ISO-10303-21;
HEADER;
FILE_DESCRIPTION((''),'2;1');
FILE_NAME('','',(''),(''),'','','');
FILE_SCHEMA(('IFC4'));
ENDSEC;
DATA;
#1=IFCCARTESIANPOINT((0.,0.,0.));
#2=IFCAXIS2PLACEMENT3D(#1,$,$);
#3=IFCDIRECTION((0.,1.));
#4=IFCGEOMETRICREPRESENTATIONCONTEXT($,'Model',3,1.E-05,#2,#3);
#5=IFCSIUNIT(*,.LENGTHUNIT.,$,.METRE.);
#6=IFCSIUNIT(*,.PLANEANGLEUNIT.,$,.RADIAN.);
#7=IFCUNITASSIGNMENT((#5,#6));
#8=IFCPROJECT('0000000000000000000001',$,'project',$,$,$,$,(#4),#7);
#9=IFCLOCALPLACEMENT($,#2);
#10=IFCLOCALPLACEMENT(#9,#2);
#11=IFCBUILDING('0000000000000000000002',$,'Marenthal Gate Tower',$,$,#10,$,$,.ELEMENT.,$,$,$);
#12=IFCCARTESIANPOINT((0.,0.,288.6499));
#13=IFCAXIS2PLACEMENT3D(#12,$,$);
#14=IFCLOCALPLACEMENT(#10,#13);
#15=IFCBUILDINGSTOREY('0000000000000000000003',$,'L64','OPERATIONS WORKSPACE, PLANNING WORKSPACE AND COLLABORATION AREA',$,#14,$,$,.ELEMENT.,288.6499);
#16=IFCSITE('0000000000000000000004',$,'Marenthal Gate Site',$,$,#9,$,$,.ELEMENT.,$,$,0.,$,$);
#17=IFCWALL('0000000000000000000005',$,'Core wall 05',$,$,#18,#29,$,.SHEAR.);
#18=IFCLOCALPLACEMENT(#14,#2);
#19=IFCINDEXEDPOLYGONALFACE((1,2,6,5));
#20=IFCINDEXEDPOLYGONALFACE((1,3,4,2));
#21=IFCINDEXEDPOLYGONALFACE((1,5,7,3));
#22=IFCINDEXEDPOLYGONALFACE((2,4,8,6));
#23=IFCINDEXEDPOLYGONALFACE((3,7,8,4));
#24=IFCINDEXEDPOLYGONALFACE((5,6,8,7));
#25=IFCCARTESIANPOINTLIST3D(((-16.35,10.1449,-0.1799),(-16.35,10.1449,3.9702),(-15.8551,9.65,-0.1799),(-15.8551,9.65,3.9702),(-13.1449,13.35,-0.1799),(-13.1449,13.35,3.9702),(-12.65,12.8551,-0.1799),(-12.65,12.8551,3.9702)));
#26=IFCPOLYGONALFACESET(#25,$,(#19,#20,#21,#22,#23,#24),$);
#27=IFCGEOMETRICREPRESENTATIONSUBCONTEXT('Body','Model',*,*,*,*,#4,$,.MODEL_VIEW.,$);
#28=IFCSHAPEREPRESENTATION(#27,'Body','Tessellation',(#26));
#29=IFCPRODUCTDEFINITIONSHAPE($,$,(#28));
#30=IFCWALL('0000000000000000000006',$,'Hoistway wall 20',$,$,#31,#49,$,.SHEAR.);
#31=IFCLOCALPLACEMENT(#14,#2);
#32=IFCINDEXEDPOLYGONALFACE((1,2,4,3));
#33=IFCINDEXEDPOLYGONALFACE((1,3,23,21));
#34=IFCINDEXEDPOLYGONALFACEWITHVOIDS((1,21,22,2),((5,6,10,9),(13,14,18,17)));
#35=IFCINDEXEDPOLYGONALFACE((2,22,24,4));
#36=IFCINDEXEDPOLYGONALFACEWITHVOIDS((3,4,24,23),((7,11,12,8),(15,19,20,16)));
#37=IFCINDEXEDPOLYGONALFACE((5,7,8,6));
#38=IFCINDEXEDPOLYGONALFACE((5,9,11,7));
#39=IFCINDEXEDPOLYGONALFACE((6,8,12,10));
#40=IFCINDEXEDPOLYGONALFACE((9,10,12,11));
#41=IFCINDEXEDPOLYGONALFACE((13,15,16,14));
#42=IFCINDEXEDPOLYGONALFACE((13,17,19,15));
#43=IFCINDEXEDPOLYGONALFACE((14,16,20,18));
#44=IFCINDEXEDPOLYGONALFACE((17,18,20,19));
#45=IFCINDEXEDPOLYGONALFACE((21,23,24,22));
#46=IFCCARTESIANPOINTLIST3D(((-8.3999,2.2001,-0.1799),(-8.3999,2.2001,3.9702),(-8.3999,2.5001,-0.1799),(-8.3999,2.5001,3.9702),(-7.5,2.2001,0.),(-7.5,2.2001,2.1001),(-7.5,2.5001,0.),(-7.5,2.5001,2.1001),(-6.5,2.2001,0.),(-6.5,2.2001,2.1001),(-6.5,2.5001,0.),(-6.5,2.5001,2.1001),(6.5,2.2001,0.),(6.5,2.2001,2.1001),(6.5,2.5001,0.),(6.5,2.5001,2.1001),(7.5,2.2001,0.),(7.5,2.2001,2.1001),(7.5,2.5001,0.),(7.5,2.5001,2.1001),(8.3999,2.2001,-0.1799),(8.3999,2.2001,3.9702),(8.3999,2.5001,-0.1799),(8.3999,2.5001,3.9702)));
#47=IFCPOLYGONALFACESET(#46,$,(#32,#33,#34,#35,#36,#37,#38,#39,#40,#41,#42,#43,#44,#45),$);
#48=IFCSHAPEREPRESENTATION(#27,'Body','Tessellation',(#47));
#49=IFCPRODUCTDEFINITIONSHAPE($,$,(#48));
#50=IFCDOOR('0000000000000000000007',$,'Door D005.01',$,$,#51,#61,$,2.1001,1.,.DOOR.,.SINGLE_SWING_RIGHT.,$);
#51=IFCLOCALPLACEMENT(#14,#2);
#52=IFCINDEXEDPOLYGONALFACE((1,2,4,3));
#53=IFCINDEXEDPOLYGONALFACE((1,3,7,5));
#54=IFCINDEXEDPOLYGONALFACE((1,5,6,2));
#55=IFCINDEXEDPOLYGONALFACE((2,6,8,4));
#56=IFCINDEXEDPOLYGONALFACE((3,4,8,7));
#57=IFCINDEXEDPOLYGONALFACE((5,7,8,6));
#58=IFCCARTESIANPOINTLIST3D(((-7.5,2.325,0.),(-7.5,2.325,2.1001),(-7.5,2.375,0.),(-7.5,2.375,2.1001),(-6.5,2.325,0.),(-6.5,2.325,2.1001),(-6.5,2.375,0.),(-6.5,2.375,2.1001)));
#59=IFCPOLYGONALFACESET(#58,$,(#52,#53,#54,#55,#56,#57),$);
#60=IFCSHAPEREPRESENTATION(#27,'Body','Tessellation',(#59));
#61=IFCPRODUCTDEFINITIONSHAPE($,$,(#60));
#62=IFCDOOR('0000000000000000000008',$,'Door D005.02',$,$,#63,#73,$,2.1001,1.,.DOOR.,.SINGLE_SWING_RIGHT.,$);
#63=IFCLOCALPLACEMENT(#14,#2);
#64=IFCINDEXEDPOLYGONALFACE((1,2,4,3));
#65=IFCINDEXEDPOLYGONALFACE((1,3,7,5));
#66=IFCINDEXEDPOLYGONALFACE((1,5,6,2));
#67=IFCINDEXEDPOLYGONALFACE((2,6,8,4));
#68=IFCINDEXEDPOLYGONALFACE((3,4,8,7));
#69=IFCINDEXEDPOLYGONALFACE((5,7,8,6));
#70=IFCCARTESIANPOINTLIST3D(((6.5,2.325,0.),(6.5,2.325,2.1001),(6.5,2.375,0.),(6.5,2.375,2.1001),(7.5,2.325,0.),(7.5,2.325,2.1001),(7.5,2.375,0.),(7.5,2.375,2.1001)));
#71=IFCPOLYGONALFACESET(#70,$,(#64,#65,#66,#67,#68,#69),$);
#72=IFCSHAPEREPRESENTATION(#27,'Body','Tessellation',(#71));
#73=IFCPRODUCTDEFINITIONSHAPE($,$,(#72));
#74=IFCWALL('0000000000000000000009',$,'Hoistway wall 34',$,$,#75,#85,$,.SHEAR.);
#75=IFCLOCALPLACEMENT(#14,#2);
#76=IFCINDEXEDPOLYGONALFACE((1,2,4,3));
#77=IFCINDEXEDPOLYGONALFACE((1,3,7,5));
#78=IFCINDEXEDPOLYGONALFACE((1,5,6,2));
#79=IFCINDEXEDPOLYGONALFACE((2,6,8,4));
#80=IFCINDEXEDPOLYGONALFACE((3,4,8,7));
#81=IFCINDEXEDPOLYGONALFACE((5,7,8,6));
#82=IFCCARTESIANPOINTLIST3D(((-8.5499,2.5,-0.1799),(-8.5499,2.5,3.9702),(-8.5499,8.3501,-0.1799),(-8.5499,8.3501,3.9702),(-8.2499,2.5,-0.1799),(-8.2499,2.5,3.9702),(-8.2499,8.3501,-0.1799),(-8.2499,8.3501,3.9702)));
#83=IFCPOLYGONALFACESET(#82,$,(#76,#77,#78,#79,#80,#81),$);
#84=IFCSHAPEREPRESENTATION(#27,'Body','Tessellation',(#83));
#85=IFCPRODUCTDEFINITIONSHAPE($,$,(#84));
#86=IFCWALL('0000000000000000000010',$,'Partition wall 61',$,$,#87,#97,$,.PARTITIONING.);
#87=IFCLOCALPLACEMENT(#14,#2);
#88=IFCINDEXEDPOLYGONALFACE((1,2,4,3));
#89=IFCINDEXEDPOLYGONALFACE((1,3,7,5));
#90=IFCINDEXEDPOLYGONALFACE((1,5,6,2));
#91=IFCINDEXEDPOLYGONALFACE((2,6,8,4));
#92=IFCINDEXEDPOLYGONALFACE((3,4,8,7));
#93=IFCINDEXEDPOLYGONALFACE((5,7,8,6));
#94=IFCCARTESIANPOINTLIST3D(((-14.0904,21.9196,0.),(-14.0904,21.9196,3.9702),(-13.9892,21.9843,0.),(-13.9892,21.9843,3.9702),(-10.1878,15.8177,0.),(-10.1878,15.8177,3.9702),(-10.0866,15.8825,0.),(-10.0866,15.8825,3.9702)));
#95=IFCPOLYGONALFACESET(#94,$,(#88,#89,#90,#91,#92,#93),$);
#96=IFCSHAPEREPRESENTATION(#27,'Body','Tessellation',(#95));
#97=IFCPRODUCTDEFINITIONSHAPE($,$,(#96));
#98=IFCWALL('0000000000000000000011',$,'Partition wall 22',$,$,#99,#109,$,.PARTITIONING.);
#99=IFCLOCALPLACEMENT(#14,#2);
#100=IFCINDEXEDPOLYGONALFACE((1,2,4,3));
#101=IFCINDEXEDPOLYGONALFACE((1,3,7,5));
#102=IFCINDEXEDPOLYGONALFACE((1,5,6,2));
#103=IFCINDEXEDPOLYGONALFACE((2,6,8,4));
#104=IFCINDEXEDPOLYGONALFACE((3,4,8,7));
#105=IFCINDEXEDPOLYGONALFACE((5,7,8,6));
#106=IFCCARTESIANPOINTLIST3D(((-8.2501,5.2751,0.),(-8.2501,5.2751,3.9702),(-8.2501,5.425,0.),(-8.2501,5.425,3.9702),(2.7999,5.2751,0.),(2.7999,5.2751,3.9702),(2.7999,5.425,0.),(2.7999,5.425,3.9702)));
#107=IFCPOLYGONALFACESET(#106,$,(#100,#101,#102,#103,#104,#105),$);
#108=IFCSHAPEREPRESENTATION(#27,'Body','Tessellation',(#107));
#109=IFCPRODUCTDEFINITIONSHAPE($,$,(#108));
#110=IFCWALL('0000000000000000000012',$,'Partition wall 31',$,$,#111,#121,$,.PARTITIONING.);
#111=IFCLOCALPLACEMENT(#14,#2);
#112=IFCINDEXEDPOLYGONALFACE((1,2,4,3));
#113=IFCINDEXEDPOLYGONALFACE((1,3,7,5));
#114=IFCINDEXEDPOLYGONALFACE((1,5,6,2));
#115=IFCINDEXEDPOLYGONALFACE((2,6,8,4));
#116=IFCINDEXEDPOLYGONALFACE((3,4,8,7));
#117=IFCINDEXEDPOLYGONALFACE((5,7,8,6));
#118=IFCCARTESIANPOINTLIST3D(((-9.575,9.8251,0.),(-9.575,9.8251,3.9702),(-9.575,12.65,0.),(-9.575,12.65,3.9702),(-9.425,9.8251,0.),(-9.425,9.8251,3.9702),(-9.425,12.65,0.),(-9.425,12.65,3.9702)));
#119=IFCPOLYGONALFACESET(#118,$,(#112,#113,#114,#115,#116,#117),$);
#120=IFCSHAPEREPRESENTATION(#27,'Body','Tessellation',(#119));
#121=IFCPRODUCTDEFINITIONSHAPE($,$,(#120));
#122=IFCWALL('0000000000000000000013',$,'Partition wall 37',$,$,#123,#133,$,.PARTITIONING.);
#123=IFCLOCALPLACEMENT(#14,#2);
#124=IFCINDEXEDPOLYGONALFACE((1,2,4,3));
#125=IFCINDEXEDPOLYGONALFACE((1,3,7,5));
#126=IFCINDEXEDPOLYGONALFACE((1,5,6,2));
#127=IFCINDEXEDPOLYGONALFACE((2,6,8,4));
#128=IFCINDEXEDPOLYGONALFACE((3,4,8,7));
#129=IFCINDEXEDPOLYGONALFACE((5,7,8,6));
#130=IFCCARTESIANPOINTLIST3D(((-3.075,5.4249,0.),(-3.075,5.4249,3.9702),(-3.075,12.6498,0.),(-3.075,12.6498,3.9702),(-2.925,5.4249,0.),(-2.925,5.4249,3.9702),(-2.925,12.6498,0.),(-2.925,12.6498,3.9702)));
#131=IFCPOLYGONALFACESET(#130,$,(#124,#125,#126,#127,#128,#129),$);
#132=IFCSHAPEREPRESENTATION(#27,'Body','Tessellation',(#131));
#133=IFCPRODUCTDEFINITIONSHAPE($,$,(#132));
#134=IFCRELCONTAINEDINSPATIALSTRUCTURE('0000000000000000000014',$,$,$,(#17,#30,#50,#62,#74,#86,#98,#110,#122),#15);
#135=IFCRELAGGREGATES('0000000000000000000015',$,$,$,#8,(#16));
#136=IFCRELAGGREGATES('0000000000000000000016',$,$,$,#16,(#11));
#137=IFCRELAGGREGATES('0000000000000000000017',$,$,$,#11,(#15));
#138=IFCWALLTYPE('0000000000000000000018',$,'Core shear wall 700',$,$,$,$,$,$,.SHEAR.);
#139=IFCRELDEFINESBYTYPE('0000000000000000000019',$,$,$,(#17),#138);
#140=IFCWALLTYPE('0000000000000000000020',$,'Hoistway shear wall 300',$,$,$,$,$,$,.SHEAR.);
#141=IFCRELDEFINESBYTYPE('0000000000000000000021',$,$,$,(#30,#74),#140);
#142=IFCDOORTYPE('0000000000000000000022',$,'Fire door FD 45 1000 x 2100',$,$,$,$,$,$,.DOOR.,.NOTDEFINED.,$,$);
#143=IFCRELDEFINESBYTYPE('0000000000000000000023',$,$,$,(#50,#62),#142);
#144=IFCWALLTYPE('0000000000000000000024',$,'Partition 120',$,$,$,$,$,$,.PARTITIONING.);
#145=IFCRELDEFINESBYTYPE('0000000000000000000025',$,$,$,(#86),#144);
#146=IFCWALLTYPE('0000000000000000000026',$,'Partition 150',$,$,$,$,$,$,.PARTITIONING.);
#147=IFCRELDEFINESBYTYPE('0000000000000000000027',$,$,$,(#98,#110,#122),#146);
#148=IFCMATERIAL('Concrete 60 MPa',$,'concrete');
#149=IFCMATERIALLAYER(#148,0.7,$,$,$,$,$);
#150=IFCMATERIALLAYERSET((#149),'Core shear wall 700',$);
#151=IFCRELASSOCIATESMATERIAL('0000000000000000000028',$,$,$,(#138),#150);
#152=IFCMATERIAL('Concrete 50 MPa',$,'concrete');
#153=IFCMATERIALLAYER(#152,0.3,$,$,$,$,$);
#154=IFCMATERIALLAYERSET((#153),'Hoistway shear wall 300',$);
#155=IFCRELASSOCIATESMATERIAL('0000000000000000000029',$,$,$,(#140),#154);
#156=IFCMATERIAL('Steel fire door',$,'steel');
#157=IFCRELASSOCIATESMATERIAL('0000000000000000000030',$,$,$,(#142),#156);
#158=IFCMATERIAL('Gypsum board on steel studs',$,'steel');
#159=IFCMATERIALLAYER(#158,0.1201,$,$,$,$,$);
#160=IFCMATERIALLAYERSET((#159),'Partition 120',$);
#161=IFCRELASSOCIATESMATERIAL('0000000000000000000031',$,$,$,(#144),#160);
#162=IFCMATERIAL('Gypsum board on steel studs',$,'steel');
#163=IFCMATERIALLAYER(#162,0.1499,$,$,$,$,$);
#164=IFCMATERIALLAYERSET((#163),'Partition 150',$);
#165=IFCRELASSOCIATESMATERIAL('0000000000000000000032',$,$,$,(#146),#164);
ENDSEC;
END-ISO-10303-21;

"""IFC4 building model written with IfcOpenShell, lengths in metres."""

from ifc_helpers import new_model, si_unit, direction, frame, frame_2d, origin, place, context, subcontext, project, spatial, rectangle, extrude, material, layer, layer_set, type_object, element, fill, save


model = new_model("IFC4")

# Units and contexts
model_context = context("Model", 3, precision=1e-05, world=origin(), true_north=direction((0.0, 1.0)))
body_context = subcontext(model_context, "Body", "Model", "MODEL_VIEW")
ifc_project = project(units=[si_unit("LENGTHUNIT", "METRE"), si_unit("PLANEANGLEUNIT", "RADIAN")], contexts=[model_context])

# Site, building, storey
site_placement = place(None, origin())
site = spatial("IfcSite", under=ifc_project, at=site_placement, Name="Marenthal Gate Site", CompositionType="ELEMENT", RefElevation=0.0)
building_placement = place(site_placement, origin())
building = spatial("IfcBuilding", under=site, at=building_placement, Name="Marenthal Gate Tower", CompositionType="ELEMENT")
storey_placement = place(building_placement, frame((0.0, 0.0, 288.6499)))
storey = spatial("IfcBuildingStorey", under=building, at=storey_placement, Name="L64", Description="OPERATIONS WORKSPACE, PLANNING WORKSPACE AND COLLABORATION AREA", CompositionType="ELEMENT", Elevation=288.6499)

# Wall
ifc_material_1 = material(Name="Concrete 60 MPa", Category="concrete")
ifc_layer_1 = layer(ifc_material_1, 0.7)
ifc_layer_set_1 = layer_set([ifc_layer_1], Name="Core shear wall 700")
wall_type_1 = type_object("IfcWallType", Name="Core shear wall 700", PredefinedType="SHEAR", material=ifc_layer_set_1)
wall_1_placement = place(storey_placement, frame((-12.8975, 13.1025, -0.1799), z_axis=(0.0, 0.0, 1.0), x_axis=(-0.707107, -0.707107, 0.0)))
element("IfcWall", 1, at=wall_1_placement, inside=storey, type_object=wall_type_1, Name="Core wall 05", PredefinedType="SHEAR", context=body_context, shape_type="SweptSolid", body=[
    extrude(rectangle(XDim=4.5327, YDim=0.7, at=frame_2d((2.2664, 0.0))), origin(), (0.0, 0.0, 1.0), 4.1501),
])

# Wall, openings, doors
ifc_material_2 = material(Name="Concrete 50 MPa", Category="concrete")
ifc_layer_2 = layer(ifc_material_2, 0.3)
ifc_layer_set_2 = layer_set([ifc_layer_2], Name="Hoistway shear wall 300")
wall_type_2 = type_object("IfcWallType", Name="Hoistway shear wall 300", PredefinedType="SHEAR", material=ifc_layer_set_2)
wall_2_placement = place(storey_placement, frame((-8.3999, 2.3501, -0.1799), z_axis=(0.0, 0.0, 1.0), x_axis=(1.0, 0.0, 0.0)))
wall_2 = element("IfcWall", 2, at=wall_2_placement, inside=storey, type_object=wall_type_2, Name="Hoistway wall 20", PredefinedType="SHEAR", context=body_context, shape_type="SweptSolid", body=[
    extrude(rectangle(XDim=16.7998, YDim=0.3, at=frame_2d((8.3999, 0.0))), origin(), (0.0, 0.0, 1.0), 4.1501),
])
opening_1_placement = place(wall_2_placement, frame((0.8999, 0.0, 0.1799)))
opening_1 = element("IfcOpeningElement", 3, at=opening_1_placement, cuts=wall_2, PredefinedType="OPENING", context=body_context, shape_type="SweptSolid", body=[
    extrude(rectangle(XDim=1.0, YDim=2.1001, at=frame_2d((0.5, 1.05))), frame((0.0, 0.1602, 0.0), z_axis=(0.0, -1.0, 0.0), x_axis=(1.0, 0.0, 0.0)), (0.0, 0.0, 1.0), 0.3201),
])
opening_2_placement = place(wall_2_placement, frame((14.8999, 0.0, 0.1799)))
opening_2 = element("IfcOpeningElement", 4, at=opening_2_placement, cuts=wall_2, PredefinedType="OPENING", context=body_context, shape_type="SweptSolid", body=[
    extrude(rectangle(XDim=1.0, YDim=2.1001, at=frame_2d((0.5, 1.05))), frame((0.0, 0.1602, 0.0), z_axis=(0.0, -1.0, 0.0), x_axis=(1.0, 0.0, 0.0)), (0.0, 0.0, 1.0), 0.3201),
])
ifc_material_3 = material(Name="Steel fire door", Category="steel")
door_type_1 = type_object("IfcDoorType", Name="Fire door FD 45 1000 x 2100", OperationType="NOTDEFINED", PredefinedType="DOOR", material=ifc_material_3)
door_1_placement = place(opening_1_placement, origin())
door_1 = element("IfcDoor", 5, at=door_1_placement, inside=storey, type_object=door_type_1, Name="Door D005.01", OperationType="SINGLE_SWING_RIGHT", OverallHeight=2.1001, OverallWidth=1.0, PredefinedType="DOOR", context=body_context, shape_type="SweptSolid", body=[
    extrude(rectangle(XDim=1.0, YDim=2.1001, at=frame_2d((0.5, 1.05))), frame((0.0, 0.0249, 0.0), z_axis=(0.0, -1.0, 0.0), x_axis=(1.0, 0.0, 0.0)), (0.0, 0.0, 1.0), 0.05),
])
fill(opening_1, door_1)
door_2_placement = place(opening_2_placement, origin())
door_2 = element("IfcDoor", 6, at=door_2_placement, inside=storey, type_object=door_type_1, Name="Door D005.02", OperationType="SINGLE_SWING_RIGHT", OverallHeight=2.1001, OverallWidth=1.0, PredefinedType="DOOR", context=body_context, shape_type="SweptSolid", body=[
    extrude(rectangle(XDim=1.0, YDim=2.1001, at=frame_2d((0.5, 1.05))), frame((0.0, 0.0249, 0.0), z_axis=(0.0, -1.0, 0.0), x_axis=(1.0, 0.0, 0.0)), (0.0, 0.0, 1.0), 0.05),
])
fill(opening_2, door_2)

# Walls
wall_3_placement = place(storey_placement, frame((-8.3999, 2.5, -0.1799), z_axis=(0.0, 0.0, 1.0), x_axis=(0.0, 1.0, 0.0)))
element("IfcWall", 7, at=wall_3_placement, inside=storey, type_object=wall_type_2, Name="Hoistway wall 34", PredefinedType="SHEAR", context=body_context, shape_type="SweptSolid", body=[
    extrude(rectangle(XDim=5.8501, YDim=0.3, at=frame_2d((2.925, 0.0))), origin(), (0.0, 0.0, 1.0), 4.1501),
])
ifc_material_4 = material(Name="Gypsum board on steel studs", Category="steel")
ifc_layer_3 = layer(ifc_material_4, 0.1201)
ifc_layer_set_3 = layer_set([ifc_layer_3], Name="Partition 120")
wall_type_3 = type_object("IfcWallType", Name="Partition 120", PredefinedType="PARTITIONING", material=ifc_layer_set_3)
wall_4_placement = place(storey_placement, frame((-10.1372, 15.8501, 0.0), z_axis=(0.0, 0.0, 1.0), x_axis=(-0.538802, 0.842432, 0.0)))
element("IfcWall", 8, at=wall_4_placement, inside=storey, type_object=wall_type_3, Name="Partition wall 61", PredefinedType="PARTITIONING", context=body_context, shape_type="SweptSolid", body=[
    extrude(rectangle(XDim=7.2432, YDim=0.1201, at=frame_2d((3.6216, 0.0))), origin(), (0.0, 0.0, 1.0), 3.9702),
])
ifc_material_5 = material(Name="Gypsum board on steel studs", Category="steel")
ifc_layer_4 = layer(ifc_material_5, 0.1499)
ifc_layer_set_4 = layer_set([ifc_layer_4], Name="Partition 150")
wall_type_4 = type_object("IfcWallType", Name="Partition 150", PredefinedType="PARTITIONING", material=ifc_layer_set_4)
wall_5_placement = place(storey_placement, frame((-8.25, 5.3501, 0.0), z_axis=(0.0, 0.0, 1.0), x_axis=(1.0, 0.0, 0.0)))
element("IfcWall", 9, at=wall_5_placement, inside=storey, type_object=wall_type_4, Name="Partition wall 22", PredefinedType="PARTITIONING", context=body_context, shape_type="SweptSolid", body=[
    extrude(rectangle(XDim=11.05, YDim=0.1499, at=frame_2d((5.5249, 0.0))), origin(), (0.0, 0.0, 1.0), 3.9702),
])
wall_6_placement = place(storey_placement, frame((-9.5, 9.825, 0.0), z_axis=(0.0, 0.0, 1.0), x_axis=(0.0, 1.0, 0.0)))
element("IfcWall", 10, at=wall_6_placement, inside=storey, type_object=wall_type_4, Name="Partition wall 31", PredefinedType="PARTITIONING", context=body_context, shape_type="SweptSolid", body=[
    extrude(rectangle(XDim=2.825, YDim=0.1499, at=frame_2d((1.4126, 0.0))), origin(), (0.0, 0.0, 1.0), 3.9702),
])
wall_7_placement = place(storey_placement, frame((-3.0, 5.425, 0.0), z_axis=(0.0, 0.0, 1.0), x_axis=(0.0, 1.0, 0.0)))
element("IfcWall", 11, at=wall_7_placement, inside=storey, type_object=wall_type_4, Name="Partition wall 37", PredefinedType="PARTITIONING", context=body_context, shape_type="SweptSolid", body=[
    extrude(rectangle(XDim=7.2249, YDim=0.1499, at=frame_2d((3.6123, 0.0))), origin(), (0.0, 0.0, 1.0), 3.9702),
])

save(model, "model.ifc")
